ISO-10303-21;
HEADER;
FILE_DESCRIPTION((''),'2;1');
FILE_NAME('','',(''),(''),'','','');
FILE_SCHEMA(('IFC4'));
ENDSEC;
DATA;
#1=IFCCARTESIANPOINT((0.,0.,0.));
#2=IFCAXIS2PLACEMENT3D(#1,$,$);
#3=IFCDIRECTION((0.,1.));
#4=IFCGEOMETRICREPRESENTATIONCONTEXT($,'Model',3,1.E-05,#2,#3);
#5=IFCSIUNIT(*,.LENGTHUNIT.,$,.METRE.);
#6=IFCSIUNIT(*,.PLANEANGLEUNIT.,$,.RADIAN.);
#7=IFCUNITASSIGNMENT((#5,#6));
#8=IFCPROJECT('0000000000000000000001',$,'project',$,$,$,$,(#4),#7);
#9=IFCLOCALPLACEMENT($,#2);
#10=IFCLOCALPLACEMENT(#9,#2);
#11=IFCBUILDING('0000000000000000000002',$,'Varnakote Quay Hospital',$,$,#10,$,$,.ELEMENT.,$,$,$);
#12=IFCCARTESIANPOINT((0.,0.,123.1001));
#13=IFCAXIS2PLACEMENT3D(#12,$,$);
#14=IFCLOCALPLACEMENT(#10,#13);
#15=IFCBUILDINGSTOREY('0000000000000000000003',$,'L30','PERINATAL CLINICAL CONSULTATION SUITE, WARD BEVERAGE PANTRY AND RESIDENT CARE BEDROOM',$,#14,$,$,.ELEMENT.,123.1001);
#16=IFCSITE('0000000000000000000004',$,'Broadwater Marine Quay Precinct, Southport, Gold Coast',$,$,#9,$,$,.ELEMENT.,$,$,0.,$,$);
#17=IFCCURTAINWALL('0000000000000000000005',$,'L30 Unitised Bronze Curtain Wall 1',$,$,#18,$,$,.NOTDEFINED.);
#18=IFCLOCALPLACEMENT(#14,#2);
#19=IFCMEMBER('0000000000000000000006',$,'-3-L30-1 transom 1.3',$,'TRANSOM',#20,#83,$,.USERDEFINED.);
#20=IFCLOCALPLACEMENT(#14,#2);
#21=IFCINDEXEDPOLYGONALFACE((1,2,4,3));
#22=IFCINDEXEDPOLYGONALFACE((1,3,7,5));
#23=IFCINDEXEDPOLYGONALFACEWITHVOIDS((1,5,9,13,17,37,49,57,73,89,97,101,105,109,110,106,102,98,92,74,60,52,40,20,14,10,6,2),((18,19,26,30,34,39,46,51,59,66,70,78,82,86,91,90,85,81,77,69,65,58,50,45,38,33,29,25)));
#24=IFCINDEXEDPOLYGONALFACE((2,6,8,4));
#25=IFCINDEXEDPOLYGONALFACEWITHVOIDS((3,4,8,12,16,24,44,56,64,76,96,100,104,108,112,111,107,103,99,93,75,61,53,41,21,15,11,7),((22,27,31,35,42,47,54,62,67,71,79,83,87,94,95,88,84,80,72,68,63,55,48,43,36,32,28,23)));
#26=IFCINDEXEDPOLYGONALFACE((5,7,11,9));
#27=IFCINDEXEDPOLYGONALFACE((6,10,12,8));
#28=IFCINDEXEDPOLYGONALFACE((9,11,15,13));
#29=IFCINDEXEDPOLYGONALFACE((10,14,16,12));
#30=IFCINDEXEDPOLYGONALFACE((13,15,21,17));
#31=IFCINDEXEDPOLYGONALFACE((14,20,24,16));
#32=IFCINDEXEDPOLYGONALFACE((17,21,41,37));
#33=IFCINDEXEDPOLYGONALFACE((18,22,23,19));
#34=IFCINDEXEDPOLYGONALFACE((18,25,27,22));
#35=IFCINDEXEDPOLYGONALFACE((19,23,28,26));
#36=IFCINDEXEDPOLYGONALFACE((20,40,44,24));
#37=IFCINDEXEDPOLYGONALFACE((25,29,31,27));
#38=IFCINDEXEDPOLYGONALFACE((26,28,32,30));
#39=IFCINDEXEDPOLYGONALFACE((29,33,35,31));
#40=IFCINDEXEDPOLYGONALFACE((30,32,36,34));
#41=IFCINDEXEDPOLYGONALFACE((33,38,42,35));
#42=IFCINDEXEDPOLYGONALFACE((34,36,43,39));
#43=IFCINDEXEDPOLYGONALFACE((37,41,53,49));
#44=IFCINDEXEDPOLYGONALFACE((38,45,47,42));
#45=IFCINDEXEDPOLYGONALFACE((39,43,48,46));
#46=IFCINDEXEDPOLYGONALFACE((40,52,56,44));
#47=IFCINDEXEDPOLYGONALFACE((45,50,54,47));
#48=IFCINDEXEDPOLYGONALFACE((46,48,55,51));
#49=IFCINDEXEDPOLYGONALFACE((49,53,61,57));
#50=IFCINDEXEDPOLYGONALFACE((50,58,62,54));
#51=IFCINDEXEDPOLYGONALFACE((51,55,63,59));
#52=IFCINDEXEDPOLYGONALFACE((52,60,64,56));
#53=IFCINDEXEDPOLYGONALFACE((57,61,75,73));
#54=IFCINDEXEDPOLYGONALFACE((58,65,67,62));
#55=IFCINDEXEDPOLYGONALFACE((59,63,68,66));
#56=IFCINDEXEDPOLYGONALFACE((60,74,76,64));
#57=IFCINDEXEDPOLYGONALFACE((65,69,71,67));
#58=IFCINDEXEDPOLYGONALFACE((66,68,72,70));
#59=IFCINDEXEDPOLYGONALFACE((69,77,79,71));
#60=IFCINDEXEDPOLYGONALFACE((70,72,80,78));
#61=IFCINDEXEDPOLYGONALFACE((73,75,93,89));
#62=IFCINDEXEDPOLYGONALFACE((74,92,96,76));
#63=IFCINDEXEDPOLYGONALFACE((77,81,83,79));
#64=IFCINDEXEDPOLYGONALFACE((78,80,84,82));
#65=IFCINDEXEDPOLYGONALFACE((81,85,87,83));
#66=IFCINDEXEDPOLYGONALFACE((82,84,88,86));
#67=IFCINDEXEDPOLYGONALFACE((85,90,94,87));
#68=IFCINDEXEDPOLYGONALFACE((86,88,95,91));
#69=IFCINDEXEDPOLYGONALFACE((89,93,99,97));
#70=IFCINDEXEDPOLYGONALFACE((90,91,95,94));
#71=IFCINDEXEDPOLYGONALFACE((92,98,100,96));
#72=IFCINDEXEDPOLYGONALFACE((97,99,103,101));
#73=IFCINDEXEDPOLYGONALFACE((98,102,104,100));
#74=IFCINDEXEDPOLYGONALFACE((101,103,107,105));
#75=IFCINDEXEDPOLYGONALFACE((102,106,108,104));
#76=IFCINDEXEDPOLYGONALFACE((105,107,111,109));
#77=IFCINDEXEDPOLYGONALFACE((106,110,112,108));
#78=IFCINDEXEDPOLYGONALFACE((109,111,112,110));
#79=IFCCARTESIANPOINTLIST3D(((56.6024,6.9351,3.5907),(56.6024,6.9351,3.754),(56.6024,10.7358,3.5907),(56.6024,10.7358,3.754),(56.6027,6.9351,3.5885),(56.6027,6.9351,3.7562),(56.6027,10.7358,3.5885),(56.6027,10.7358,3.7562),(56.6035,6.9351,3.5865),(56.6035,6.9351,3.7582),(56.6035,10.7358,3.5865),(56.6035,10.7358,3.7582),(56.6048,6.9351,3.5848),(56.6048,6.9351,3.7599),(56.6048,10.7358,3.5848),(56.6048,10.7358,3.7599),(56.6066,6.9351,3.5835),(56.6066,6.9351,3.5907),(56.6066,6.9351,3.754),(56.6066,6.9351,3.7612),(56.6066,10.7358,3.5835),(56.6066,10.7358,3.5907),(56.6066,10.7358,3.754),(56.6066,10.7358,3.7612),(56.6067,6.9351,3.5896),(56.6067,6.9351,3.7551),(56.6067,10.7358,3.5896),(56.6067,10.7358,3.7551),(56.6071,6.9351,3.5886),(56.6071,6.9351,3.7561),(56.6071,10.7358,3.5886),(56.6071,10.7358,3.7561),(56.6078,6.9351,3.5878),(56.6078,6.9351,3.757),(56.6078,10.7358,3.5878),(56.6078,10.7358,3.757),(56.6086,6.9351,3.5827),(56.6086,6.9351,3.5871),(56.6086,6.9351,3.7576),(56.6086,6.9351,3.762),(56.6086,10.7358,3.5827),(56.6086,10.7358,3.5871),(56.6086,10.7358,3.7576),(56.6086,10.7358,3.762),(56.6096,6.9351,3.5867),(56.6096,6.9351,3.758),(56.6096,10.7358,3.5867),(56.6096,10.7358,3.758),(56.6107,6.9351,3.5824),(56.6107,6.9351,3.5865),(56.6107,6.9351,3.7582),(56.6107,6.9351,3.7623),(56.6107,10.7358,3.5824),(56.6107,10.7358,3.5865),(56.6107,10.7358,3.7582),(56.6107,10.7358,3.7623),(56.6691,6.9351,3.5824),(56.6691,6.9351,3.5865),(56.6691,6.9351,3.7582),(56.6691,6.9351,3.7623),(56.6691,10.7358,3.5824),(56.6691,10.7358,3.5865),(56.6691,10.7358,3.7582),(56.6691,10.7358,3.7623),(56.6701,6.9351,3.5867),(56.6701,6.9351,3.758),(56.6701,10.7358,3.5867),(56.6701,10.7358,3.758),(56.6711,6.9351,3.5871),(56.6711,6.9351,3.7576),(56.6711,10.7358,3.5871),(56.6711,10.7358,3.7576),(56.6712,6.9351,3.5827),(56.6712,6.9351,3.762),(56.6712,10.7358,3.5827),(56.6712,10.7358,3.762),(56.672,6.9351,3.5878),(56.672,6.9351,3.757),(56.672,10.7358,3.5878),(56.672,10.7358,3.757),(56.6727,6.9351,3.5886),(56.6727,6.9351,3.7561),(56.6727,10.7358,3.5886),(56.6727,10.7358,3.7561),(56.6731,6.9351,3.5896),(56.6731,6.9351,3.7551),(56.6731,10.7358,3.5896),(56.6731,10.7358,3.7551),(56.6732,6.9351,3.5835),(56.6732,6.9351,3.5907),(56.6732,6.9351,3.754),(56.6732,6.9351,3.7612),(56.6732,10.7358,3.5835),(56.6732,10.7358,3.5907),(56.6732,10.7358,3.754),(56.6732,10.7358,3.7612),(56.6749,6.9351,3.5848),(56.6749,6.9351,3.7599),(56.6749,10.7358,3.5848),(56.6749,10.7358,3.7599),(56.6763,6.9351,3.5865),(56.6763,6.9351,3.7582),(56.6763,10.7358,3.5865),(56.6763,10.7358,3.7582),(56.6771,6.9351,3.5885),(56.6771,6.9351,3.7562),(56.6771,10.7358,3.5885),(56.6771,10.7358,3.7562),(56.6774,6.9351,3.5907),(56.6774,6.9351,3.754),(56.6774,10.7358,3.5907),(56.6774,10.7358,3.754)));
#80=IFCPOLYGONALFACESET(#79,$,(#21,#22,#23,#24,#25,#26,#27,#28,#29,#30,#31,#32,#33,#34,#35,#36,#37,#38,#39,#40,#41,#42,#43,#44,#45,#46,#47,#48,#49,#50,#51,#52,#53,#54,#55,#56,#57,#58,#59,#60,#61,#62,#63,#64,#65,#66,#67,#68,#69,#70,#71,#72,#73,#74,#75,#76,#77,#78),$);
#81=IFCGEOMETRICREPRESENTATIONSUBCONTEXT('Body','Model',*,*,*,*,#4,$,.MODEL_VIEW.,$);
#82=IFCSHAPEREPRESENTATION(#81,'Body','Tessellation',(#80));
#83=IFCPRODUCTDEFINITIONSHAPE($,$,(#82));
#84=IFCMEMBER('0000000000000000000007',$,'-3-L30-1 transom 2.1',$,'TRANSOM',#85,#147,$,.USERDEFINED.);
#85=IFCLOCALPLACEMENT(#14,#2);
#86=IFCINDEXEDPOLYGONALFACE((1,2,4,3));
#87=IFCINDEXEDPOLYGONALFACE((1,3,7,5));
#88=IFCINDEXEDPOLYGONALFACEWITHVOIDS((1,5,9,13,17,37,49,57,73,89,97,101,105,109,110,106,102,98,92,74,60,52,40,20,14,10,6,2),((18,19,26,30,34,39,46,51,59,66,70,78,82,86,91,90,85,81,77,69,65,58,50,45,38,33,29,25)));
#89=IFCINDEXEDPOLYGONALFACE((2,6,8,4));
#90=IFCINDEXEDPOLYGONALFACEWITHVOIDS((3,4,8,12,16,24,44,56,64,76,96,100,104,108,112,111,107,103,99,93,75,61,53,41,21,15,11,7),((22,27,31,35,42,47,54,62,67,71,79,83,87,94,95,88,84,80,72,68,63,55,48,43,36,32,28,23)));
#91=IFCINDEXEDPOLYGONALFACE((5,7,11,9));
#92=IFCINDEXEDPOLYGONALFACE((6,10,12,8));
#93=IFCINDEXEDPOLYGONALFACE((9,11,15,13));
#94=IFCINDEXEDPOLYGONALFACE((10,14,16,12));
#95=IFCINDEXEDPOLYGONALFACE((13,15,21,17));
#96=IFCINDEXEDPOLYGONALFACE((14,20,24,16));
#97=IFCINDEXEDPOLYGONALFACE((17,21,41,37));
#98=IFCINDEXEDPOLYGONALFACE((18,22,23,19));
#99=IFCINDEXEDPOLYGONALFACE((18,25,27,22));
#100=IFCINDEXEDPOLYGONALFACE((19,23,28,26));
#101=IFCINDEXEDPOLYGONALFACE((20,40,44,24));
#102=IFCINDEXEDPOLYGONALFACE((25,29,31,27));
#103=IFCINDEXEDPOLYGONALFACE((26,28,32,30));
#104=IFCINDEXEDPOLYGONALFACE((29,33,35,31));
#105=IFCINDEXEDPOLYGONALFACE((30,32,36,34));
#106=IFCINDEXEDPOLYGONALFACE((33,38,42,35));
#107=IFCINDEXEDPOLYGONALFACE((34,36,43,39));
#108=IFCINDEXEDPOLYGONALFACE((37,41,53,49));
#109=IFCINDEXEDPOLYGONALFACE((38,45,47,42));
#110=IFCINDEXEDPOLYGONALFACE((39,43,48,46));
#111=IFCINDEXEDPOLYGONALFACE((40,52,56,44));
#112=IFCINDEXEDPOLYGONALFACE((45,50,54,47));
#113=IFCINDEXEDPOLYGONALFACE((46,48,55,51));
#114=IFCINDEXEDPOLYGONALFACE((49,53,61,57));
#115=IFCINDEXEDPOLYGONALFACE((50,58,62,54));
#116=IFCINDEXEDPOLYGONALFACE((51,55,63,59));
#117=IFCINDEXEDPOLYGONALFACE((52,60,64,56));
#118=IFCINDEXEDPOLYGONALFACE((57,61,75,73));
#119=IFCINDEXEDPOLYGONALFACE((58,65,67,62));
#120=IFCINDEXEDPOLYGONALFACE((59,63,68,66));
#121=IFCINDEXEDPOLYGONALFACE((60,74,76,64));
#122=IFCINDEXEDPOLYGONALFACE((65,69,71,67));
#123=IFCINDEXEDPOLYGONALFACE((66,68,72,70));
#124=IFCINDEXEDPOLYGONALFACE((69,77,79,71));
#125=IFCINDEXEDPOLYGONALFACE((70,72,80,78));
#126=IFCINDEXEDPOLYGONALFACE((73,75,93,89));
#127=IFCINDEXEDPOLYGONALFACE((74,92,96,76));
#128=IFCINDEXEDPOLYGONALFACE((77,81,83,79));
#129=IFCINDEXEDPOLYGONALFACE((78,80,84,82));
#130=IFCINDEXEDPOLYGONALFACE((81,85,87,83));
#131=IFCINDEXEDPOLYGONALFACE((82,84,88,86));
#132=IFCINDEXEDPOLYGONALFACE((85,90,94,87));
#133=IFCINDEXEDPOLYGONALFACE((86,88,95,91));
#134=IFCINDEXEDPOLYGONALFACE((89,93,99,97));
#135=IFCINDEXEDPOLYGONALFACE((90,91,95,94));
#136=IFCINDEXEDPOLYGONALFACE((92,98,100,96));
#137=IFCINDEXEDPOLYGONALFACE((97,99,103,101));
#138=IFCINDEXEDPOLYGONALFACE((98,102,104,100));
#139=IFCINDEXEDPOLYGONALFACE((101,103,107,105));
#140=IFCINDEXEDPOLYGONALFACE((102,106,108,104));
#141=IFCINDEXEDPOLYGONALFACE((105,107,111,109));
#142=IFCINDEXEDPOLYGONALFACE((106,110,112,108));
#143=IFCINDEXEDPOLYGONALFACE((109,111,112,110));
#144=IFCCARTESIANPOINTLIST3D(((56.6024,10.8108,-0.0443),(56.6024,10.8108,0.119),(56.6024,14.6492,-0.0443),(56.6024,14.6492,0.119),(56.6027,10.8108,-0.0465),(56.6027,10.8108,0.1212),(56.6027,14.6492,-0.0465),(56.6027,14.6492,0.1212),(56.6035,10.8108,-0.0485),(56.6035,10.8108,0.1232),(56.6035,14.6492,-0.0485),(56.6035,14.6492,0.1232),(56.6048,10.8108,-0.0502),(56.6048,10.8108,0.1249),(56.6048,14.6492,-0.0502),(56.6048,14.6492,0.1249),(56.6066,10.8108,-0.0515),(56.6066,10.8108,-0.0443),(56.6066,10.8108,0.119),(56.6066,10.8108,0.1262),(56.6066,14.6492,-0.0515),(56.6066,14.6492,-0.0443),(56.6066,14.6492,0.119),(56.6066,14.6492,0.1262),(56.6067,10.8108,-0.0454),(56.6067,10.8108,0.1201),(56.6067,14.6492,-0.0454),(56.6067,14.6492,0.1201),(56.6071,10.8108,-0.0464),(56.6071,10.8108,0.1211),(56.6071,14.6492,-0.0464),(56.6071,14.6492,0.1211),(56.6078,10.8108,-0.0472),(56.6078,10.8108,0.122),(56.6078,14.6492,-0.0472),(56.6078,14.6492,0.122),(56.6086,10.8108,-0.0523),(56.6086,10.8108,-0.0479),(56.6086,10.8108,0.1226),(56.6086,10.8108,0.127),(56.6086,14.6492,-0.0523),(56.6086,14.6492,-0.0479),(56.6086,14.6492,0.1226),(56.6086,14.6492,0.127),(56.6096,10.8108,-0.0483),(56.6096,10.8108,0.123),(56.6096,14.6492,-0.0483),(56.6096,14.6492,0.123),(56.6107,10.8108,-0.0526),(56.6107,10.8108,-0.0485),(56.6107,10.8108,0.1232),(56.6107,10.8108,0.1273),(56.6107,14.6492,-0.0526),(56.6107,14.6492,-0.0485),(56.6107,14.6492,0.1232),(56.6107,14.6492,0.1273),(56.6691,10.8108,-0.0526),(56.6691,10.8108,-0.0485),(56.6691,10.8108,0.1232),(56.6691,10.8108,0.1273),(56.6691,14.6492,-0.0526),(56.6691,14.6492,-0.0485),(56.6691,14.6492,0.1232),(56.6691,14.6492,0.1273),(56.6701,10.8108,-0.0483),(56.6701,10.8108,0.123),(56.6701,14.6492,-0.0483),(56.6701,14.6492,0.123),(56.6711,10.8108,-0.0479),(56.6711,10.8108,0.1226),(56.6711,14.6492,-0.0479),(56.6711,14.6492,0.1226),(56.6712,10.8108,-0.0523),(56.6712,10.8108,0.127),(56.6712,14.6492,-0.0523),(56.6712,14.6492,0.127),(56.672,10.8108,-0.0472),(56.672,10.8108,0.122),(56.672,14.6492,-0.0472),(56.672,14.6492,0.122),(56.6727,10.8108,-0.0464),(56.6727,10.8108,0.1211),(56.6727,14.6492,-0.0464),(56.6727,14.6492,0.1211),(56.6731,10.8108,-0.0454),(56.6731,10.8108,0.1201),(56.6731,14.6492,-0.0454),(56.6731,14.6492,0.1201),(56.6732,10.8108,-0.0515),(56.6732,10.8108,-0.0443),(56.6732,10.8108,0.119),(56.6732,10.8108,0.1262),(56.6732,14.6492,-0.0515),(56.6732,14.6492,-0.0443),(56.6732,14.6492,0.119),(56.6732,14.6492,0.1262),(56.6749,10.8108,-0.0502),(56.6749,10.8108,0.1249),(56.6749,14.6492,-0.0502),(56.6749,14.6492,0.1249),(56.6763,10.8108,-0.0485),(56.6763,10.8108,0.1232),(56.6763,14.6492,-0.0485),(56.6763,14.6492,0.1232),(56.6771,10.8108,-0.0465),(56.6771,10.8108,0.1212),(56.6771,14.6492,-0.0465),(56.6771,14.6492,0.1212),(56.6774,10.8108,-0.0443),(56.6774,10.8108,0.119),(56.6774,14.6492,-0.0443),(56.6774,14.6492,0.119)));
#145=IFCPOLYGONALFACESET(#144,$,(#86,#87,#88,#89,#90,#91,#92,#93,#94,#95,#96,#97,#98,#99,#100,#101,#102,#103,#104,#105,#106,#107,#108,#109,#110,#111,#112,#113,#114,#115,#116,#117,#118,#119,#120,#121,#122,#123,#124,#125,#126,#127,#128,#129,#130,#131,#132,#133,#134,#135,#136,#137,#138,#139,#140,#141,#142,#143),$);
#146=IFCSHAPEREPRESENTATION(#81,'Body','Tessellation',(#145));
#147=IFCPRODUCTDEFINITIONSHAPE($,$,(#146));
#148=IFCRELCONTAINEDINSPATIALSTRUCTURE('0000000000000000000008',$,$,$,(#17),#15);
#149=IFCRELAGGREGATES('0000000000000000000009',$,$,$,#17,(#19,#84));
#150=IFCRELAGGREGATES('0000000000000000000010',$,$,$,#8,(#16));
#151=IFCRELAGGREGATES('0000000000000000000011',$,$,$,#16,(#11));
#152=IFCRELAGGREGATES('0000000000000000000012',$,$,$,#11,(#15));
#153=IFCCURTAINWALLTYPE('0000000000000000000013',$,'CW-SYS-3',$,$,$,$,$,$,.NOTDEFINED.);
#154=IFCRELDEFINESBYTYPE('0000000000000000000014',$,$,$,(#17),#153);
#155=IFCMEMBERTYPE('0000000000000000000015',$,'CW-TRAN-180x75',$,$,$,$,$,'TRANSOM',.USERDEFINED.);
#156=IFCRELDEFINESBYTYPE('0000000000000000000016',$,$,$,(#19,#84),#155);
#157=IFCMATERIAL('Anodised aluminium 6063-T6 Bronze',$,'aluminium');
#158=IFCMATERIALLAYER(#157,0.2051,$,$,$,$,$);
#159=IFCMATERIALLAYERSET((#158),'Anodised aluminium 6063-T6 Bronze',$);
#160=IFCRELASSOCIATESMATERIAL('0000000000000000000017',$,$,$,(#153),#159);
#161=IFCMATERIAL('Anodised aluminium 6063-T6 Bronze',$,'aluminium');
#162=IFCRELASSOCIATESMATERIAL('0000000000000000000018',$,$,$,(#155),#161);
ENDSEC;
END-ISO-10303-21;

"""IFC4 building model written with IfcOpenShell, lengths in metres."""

from ifc_helpers import new_model, si_unit, direction, frame, origin, origin_2d, place, context, subcontext, project, spatial, hollow_rectangle, extrude, material, layer, layer_set, material_profile, profile_set, type_object, element, aggregate, save


model = new_model("IFC4")

# Units and contexts
model_context = context("Model", 3, precision=1e-05, world=origin(), true_north=direction((0.0, 1.0)))
body_context = subcontext(model_context, "Body", "Model", "MODEL_VIEW")
ifc_project = project(units=[si_unit("LENGTHUNIT", "METRE"), si_unit("PLANEANGLEUNIT", "RADIAN")], contexts=[model_context])

# Site, building, storey
site_placement = place(None, origin())
site = spatial("IfcSite", under=ifc_project, at=site_placement, Name="Broadwater Marine Quay Precinct, Southport, Gold Coast", CompositionType="ELEMENT", RefElevation=0.0)
building_placement = place(site_placement, origin())
building = spatial("IfcBuilding", under=site, at=building_placement, Name="Varnakote Quay Hospital", CompositionType="ELEMENT")
storey_placement = place(building_placement, frame((0.0, 0.0, 123.1001)))
storey = spatial("IfcBuildingStorey", under=building, at=storey_placement, Name="L30", Description="PERINATAL CLINICAL CONSULTATION SUITE, WARD BEVERAGE PANTRY AND RESIDENT CARE BEDROOM", CompositionType="ELEMENT", Elevation=123.1001)

# Curtain wall, members
ifc_material_1 = material(Name="Anodised aluminium 6063-T6 Bronze", Category="aluminium")
ifc_layer_1 = layer(ifc_material_1, 0.2051)
ifc_layer_set_1 = layer_set([ifc_layer_1], Name="Anodised aluminium 6063-T6 Bronze")
curtain_wall_type = type_object("IfcCurtainWallType", Name="CW-SYS-3", PredefinedType="NOTDEFINED", material=ifc_layer_set_1)
curtain_wall_placement = place(storey_placement, origin())
curtain_wall = element("IfcCurtainWall", 1, at=curtain_wall_placement, inside=storey, type_object=curtain_wall_type, Name="L30 Unitised Bronze Curtain Wall 1", PredefinedType="NOTDEFINED")
ifc_material_2 = material(Name="Anodised aluminium 6063-T6 Bronze", Category="aluminium")
ifc_material_profile_1 = material_profile(ifc_material_2, hollow_rectangle(XDim=0.075, YDim=0.1799, WallThickness=0.0042, InnerFilletRadius=0.0042, OuterFilletRadius=0.0083, at=origin_2d()), Name="CW-TRAN-180x75")
ifc_profile_set_1 = profile_set([ifc_material_profile_1], Name="Anodised aluminium 6063-T6 Bronze")
member_type_1 = type_object("IfcMemberType", Name="CW-TRAN-180x75", ElementType="TRANSOM", PredefinedType="USERDEFINED", material=ifc_profile_set_1)
member_1_placement = place(storey_placement, frame((56.6399, 6.9351, 3.6724), z_axis=(0.0, 1.0, 0.0), x_axis=(-1.0, 0.0, 0.0)))
member_1 = element("IfcMember", 2, at=member_1_placement, type_object=member_type_1, Name="-3-L30-1 transom 1.3", ObjectType="TRANSOM", PredefinedType="USERDEFINED", context=body_context, shape_type="SweptSolid", body=[
    extrude(hollow_rectangle(XDim=0.075, YDim=0.1799, WallThickness=0.0042, InnerFilletRadius=0.0042, OuterFilletRadius=0.0083, at=origin_2d()), origin(), (0.0, 0.0, 1.0), 3.8008),
])
member_2_placement = place(storey_placement, frame((56.6399, 10.8108, 0.0374), z_axis=(0.0, 1.0, 0.0), x_axis=(-1.0, 0.0, 0.0)))
member_2 = element("IfcMember", 3, at=member_2_placement, type_object=member_type_1, Name="-3-L30-1 transom 2.1", ObjectType="TRANSOM", PredefinedType="USERDEFINED", context=body_context, shape_type="SweptSolid", body=[
    extrude(hollow_rectangle(XDim=0.075, YDim=0.1799, WallThickness=0.0042, InnerFilletRadius=0.0042, OuterFilletRadius=0.0083, at=origin_2d()), origin(), (0.0, 0.0, 1.0), 3.8384),
])
aggregate(curtain_wall, [member_1, member_2])

save(model, "model.ifc")
